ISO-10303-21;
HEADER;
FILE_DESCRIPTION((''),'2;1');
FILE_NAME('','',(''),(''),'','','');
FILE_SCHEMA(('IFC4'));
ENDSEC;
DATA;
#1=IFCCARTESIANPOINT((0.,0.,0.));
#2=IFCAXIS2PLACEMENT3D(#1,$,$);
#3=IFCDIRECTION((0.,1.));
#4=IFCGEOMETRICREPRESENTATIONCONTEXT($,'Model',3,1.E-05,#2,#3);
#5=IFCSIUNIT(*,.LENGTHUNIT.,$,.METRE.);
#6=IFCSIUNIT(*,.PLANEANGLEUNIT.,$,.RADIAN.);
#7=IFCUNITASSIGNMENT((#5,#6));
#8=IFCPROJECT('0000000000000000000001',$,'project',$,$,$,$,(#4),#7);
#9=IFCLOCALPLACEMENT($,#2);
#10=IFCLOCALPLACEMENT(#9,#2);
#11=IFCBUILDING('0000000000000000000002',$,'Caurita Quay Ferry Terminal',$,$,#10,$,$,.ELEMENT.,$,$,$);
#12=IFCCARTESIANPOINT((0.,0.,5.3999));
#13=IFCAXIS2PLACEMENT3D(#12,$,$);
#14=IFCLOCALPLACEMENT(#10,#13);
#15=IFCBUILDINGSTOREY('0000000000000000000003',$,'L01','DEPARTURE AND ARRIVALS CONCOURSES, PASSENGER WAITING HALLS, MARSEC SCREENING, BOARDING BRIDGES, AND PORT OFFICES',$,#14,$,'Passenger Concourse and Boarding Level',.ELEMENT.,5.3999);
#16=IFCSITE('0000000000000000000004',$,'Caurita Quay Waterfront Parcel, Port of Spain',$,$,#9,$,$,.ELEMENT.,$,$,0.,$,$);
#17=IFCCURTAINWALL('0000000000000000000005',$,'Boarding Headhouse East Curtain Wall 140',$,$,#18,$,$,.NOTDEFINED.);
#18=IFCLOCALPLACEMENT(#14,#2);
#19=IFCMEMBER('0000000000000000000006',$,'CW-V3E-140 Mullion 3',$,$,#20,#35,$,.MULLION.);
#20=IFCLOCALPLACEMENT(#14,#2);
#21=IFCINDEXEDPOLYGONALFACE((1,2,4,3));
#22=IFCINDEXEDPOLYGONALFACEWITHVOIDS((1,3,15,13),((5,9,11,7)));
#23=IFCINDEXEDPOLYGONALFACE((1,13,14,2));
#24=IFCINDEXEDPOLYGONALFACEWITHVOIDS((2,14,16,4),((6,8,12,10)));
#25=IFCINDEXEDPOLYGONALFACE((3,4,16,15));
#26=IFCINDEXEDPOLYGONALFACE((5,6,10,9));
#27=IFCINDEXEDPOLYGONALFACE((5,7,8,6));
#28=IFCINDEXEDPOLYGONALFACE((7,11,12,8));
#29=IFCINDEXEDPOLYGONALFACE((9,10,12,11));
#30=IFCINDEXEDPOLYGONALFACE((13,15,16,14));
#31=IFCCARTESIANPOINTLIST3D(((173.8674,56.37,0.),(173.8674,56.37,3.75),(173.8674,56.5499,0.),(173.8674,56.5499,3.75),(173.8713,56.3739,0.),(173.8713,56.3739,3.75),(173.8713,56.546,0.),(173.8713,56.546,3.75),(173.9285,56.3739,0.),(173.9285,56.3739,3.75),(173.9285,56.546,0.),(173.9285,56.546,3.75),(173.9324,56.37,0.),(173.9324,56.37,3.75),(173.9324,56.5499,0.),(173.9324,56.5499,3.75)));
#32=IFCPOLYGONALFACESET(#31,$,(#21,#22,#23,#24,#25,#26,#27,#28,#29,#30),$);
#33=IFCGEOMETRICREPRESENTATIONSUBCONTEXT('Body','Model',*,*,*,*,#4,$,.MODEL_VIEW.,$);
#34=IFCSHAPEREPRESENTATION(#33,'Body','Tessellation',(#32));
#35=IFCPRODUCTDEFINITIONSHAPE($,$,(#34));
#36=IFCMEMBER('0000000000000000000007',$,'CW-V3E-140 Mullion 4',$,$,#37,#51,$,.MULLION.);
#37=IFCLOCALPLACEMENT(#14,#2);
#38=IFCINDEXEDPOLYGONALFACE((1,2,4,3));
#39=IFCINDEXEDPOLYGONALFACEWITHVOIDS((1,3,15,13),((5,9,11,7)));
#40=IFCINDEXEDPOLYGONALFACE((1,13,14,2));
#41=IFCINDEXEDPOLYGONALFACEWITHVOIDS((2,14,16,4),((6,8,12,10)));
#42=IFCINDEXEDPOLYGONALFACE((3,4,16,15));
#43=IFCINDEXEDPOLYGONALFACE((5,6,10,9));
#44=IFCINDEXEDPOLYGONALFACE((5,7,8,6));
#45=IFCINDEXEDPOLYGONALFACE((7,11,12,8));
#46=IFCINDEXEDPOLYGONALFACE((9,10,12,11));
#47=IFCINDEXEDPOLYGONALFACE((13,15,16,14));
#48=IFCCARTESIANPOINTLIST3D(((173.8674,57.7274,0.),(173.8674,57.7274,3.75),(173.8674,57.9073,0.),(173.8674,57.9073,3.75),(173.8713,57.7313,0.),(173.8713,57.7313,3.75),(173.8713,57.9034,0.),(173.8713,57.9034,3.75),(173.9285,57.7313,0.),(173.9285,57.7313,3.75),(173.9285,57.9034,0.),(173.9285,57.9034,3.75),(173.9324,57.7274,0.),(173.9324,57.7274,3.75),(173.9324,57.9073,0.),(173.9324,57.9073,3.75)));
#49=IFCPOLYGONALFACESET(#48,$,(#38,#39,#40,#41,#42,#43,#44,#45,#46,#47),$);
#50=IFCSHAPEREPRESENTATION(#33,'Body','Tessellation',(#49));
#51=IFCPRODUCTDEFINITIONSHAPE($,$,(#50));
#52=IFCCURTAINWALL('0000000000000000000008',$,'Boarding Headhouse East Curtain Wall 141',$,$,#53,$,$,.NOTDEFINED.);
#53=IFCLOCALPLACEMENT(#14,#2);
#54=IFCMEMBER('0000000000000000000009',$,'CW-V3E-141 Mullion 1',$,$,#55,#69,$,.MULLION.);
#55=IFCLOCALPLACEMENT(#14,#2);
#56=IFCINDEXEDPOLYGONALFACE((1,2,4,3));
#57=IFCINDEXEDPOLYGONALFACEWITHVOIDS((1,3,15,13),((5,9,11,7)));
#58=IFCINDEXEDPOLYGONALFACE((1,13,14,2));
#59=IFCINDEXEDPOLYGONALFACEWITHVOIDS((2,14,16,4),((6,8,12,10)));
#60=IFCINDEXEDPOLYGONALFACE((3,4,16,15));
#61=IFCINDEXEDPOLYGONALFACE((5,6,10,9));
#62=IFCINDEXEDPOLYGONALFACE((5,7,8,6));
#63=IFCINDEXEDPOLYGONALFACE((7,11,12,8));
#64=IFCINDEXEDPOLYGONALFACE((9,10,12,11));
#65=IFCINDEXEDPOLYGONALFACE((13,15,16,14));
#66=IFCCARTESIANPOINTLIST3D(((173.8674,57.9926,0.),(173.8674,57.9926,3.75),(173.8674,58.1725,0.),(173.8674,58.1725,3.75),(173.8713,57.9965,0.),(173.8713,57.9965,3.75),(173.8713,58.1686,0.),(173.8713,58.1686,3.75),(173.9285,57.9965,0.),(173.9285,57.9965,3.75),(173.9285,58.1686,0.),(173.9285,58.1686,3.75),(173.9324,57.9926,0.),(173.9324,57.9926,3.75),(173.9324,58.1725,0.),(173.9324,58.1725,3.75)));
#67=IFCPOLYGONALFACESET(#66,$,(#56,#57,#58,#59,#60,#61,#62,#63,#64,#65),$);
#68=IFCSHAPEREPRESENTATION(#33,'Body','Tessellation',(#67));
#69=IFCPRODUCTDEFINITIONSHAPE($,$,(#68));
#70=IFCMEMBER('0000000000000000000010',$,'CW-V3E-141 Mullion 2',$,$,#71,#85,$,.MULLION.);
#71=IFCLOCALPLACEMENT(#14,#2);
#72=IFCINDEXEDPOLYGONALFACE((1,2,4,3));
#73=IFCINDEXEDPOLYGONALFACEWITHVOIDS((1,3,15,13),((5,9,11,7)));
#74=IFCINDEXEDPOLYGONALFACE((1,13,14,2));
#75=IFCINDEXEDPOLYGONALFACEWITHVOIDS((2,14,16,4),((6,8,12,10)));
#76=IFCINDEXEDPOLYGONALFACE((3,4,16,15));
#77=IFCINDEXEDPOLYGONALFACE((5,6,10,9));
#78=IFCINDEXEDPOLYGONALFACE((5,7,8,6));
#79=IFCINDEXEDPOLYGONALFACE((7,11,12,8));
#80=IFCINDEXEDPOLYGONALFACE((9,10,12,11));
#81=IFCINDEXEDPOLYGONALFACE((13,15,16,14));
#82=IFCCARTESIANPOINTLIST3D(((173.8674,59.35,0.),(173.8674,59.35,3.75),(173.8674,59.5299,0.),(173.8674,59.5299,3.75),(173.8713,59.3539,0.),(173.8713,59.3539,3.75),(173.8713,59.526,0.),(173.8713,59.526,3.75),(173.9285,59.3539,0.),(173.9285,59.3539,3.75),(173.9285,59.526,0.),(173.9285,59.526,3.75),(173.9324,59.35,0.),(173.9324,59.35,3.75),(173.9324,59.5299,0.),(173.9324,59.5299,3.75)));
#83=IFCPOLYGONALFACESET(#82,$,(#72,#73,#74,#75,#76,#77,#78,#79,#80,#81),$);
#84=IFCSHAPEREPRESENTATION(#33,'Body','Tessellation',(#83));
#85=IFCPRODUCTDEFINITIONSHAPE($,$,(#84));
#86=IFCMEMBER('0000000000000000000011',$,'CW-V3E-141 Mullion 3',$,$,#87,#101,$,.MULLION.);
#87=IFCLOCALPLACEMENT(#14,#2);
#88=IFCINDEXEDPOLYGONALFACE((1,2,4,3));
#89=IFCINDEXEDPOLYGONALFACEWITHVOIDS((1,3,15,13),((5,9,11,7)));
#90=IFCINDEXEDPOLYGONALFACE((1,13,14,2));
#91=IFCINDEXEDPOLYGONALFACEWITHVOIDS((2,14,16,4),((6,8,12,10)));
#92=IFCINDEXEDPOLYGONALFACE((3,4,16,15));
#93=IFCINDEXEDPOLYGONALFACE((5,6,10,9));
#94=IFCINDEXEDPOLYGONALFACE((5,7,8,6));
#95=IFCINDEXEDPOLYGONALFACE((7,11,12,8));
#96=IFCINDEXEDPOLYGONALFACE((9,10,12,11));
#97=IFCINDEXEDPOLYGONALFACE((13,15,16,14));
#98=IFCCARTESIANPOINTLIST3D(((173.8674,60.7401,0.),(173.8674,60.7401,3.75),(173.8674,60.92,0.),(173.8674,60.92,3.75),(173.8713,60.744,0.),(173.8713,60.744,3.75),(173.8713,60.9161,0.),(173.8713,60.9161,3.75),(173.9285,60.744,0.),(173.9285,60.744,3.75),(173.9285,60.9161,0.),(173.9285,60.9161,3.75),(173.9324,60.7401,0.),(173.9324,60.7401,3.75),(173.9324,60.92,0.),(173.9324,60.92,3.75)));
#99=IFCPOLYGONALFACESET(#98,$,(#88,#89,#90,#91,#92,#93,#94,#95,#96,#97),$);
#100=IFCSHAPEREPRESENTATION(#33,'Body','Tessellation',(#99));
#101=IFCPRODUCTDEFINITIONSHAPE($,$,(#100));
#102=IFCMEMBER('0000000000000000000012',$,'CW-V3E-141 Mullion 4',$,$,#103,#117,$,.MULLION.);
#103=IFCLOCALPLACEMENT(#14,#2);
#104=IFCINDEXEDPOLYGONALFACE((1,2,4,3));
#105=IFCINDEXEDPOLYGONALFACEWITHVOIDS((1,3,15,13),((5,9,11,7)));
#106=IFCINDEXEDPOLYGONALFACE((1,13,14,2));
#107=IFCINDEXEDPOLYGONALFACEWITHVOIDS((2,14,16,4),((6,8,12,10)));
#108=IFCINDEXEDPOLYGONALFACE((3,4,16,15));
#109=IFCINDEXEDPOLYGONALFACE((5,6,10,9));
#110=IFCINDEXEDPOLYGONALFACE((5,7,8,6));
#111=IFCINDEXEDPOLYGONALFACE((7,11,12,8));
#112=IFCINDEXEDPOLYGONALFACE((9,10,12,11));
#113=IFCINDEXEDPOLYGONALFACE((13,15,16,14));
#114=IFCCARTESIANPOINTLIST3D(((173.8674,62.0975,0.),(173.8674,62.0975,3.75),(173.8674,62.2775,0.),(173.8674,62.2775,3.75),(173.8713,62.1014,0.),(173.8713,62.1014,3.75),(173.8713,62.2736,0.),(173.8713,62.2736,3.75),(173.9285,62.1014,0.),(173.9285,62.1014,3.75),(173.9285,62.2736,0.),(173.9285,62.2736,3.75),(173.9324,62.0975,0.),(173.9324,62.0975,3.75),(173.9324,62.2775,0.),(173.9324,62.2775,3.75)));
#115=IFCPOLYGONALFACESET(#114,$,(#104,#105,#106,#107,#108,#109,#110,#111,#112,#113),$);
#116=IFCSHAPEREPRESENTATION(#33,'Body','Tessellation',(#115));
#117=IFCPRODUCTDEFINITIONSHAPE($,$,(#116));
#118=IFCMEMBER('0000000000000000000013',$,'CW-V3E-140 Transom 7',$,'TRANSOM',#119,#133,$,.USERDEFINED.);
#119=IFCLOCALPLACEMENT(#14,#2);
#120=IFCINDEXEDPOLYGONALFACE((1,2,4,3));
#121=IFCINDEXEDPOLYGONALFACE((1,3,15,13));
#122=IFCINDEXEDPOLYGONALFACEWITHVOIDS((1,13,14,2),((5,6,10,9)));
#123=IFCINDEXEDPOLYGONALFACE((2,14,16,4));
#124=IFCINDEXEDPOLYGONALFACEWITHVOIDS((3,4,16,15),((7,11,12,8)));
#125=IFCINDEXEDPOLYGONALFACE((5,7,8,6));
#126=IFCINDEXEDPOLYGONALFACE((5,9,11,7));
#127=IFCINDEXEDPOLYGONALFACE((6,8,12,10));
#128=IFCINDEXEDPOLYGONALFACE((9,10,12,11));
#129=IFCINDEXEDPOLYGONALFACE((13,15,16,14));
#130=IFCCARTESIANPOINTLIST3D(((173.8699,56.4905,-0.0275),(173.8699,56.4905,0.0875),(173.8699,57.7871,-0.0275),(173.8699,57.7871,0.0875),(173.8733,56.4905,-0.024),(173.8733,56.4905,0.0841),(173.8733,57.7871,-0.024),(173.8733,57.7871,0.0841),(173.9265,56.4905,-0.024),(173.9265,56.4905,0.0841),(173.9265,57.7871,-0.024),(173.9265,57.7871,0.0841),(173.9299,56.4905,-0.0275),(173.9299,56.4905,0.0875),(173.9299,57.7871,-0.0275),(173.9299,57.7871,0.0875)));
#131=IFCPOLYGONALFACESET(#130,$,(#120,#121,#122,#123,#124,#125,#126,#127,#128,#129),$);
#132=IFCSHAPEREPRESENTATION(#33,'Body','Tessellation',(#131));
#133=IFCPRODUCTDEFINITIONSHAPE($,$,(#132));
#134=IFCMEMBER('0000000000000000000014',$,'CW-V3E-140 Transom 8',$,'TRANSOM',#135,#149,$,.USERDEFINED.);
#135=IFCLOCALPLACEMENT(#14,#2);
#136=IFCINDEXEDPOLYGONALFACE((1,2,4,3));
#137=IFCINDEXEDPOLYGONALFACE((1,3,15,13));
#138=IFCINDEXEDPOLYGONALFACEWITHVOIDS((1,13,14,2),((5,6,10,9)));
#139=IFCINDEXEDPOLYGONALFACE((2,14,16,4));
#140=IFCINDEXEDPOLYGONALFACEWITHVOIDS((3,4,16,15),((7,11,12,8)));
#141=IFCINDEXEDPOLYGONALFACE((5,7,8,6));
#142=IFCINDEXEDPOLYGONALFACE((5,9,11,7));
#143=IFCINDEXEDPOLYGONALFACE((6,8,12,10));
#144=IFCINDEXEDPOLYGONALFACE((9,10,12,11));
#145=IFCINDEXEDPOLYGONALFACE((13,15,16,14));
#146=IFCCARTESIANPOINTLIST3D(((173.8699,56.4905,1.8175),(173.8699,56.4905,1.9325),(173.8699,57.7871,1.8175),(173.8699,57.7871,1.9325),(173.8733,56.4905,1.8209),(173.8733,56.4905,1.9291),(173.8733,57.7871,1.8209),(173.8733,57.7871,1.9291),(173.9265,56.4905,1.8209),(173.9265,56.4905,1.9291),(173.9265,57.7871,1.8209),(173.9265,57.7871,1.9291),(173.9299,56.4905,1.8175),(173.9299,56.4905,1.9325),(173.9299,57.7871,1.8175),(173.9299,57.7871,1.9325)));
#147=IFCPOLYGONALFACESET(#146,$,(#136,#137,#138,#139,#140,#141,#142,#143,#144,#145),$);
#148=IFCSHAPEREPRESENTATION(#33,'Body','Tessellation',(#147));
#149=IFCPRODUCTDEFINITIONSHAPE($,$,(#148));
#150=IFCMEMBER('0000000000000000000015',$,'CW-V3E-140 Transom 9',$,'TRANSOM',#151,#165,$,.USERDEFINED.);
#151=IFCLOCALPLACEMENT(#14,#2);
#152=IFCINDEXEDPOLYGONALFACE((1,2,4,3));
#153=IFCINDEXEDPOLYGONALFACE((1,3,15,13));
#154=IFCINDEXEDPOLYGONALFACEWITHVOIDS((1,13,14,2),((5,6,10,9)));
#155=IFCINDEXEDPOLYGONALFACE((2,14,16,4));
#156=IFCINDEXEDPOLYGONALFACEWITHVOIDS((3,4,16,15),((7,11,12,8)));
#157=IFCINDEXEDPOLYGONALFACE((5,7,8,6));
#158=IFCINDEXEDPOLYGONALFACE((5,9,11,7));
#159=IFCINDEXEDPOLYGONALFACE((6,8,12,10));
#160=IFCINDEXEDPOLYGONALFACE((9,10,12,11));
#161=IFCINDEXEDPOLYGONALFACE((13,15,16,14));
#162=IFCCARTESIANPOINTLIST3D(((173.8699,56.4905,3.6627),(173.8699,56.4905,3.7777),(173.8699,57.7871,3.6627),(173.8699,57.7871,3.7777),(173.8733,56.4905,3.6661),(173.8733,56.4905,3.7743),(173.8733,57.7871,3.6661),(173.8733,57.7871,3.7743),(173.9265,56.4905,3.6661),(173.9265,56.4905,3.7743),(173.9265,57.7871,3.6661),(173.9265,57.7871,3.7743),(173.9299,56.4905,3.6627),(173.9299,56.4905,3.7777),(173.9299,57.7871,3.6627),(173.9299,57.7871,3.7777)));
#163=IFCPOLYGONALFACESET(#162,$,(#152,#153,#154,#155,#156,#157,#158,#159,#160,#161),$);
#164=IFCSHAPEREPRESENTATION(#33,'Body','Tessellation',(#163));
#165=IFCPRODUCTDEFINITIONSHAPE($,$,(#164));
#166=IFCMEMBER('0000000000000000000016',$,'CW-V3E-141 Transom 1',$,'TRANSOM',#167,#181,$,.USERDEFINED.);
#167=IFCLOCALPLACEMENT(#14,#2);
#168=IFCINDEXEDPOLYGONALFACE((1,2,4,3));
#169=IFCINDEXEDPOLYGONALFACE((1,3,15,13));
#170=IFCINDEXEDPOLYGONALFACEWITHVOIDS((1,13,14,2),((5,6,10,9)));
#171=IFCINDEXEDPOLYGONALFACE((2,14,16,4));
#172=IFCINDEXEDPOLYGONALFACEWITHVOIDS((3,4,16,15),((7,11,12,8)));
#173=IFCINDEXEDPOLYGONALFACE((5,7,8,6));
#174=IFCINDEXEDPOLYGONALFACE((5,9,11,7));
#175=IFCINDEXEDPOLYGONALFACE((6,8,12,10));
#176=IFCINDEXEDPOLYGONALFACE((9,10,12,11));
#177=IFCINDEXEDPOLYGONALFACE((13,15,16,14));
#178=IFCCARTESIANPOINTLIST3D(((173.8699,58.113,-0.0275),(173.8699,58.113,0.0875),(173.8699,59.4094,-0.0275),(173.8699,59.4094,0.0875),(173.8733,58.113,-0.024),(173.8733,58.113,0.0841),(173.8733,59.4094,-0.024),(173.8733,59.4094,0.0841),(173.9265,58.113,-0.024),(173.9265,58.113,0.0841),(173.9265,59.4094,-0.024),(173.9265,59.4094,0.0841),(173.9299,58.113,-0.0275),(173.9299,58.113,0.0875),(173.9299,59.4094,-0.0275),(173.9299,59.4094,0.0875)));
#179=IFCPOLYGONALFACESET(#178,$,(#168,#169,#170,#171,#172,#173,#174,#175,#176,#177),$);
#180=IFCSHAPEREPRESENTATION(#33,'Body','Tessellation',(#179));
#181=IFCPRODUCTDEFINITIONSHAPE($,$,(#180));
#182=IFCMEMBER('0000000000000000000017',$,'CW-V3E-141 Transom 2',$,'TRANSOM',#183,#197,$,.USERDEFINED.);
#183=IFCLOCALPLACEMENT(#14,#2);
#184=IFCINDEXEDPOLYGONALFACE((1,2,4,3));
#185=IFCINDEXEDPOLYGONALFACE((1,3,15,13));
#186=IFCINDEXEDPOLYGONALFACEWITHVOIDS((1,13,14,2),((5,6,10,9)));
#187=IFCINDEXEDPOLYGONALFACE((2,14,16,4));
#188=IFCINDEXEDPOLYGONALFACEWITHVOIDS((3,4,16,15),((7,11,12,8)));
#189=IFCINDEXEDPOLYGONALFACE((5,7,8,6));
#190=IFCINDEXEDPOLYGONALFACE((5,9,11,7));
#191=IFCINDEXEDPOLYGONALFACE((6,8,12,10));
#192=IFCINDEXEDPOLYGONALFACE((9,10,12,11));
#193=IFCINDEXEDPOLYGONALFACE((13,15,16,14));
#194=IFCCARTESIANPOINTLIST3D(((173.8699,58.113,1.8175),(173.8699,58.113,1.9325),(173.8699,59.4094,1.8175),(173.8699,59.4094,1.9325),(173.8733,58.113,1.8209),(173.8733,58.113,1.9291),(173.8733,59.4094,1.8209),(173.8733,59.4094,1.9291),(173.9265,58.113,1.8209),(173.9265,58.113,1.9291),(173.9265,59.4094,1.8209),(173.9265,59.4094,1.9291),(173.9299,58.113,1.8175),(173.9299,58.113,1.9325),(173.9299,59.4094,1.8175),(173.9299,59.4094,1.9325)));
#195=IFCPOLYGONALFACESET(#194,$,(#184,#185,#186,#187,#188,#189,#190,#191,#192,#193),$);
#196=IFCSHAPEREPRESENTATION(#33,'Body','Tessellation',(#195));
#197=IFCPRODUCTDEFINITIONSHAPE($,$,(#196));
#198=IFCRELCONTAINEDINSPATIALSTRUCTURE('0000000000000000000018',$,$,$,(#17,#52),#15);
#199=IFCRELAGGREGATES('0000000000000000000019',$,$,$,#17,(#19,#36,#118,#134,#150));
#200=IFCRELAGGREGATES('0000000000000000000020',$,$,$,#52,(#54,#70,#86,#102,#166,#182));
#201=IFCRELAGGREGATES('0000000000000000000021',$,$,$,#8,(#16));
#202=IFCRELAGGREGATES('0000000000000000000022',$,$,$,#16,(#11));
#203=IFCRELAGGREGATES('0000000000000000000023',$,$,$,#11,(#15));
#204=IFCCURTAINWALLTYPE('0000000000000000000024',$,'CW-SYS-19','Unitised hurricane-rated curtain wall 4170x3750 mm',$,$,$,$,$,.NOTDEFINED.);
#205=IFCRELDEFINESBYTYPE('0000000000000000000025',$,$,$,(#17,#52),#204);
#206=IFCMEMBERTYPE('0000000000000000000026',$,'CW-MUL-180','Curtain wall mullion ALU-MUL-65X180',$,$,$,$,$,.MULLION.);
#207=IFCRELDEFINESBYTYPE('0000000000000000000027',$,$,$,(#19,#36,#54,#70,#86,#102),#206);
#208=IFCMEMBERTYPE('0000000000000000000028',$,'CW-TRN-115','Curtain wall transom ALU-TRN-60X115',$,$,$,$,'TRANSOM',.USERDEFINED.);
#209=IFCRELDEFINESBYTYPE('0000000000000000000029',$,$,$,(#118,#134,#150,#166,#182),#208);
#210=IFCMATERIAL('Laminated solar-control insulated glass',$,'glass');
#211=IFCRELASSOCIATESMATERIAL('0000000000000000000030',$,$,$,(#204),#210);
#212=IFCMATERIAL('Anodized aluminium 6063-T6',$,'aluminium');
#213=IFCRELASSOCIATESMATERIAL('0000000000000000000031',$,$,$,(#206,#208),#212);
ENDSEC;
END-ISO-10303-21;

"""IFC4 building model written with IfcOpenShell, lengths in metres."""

from ifc_helpers import new_model, si_unit, direction, frame, origin, origin_2d, place, context, subcontext, project, spatial, hollow_rectangle, extrude, material, material_profile, profile_set, type_object, element, aggregate, save


model = new_model("IFC4")

# Units and contexts
model_context = context("Model", 3, precision=1e-05, world=origin(), true_north=direction((0.0, 1.0)))
body_context = subcontext(model_context, "Body", "Model", "MODEL_VIEW")
ifc_project = project(units=[si_unit("LENGTHUNIT", "METRE"), si_unit("PLANEANGLEUNIT", "RADIAN")], contexts=[model_context])

# Site, building, storey
site_placement = place(None, origin())
site = spatial("IfcSite", under=ifc_project, at=site_placement, Name="Caurita Quay Waterfront Parcel, Port of Spain", CompositionType="ELEMENT", RefElevation=0.0)
building_placement = place(site_placement, origin())
building = spatial("IfcBuilding", under=site, at=building_placement, Name="Caurita Quay Ferry Terminal", CompositionType="ELEMENT")
storey_placement = place(building_placement, frame((0.0, 0.0, 5.3999)))
storey = spatial("IfcBuildingStorey", under=building, at=storey_placement, Name="L01", Description="DEPARTURE AND ARRIVALS CONCOURSES, PASSENGER WAITING HALLS, MARSEC SCREENING, BOARDING BRIDGES, AND PORT OFFICES", LongName="Passenger Concourse and Boarding Level", CompositionType="ELEMENT", Elevation=5.3999)

# Curtain walls, members
ifc_material_1 = material(Name="Laminated solar-control insulated glass", Category="glass")
curtain_wall_type = type_object("IfcCurtainWallType", Name="CW-SYS-19", Description="Unitised hurricane-rated curtain wall 4170x3750 mm", PredefinedType="NOTDEFINED", material=ifc_material_1)
curtain_wall_1_placement = place(storey_placement, origin())
curtain_wall_1 = element("IfcCurtainWall", 1, at=curtain_wall_1_placement, inside=storey, type_object=curtain_wall_type, Name="Boarding Headhouse East Curtain Wall 140", PredefinedType="NOTDEFINED")
ifc_material_2 = material(Name="Anodized aluminium 6063-T6", Category="aluminium")
ifc_material_profile_1 = material_profile(ifc_material_2, hollow_rectangle(XDim=0.0649, YDim=0.1799, WallThickness=0.0039, at=origin_2d()), Name="ALU-MUL-65X180")
ifc_profile_set_1 = profile_set([ifc_material_profile_1], Name="Anodized aluminium 6063-T6")
member_type_1 = type_object("IfcMemberType", Name="CW-MUL-180", Description="Curtain wall mullion ALU-MUL-65X180", PredefinedType="MULLION", material=ifc_profile_set_1)
member_1_placement = place(storey_placement, frame((173.8999, 56.46, 0.0), z_axis=(0.0, 0.0, 1.0), x_axis=(-1.0, 0.0, 0.0)))
member_1 = element("IfcMember", 2, at=member_1_placement, type_object=member_type_1, Name="CW-V3E-140 Mullion 3", PredefinedType="MULLION", context=body_context, shape_type="SweptSolid", body=[
    extrude(hollow_rectangle(XDim=0.0649, YDim=0.1799, WallThickness=0.0039, at=origin_2d()), origin(), (0.0, 0.0, 1.0), 3.75),
])
member_2_placement = place(storey_placement, frame((173.8999, 57.8174, 0.0), z_axis=(0.0, 0.0, 1.0), x_axis=(-1.0, 0.0, 0.0)))
member_2 = element("IfcMember", 3, at=member_2_placement, type_object=member_type_1, Name="CW-V3E-140 Mullion 4", PredefinedType="MULLION", context=body_context, shape_type="SweptSolid", body=[
    extrude(hollow_rectangle(XDim=0.0649, YDim=0.1799, WallThickness=0.0039, at=origin_2d()), origin(), (0.0, 0.0, 1.0), 3.75),
])
curtain_wall_2_placement = place(storey_placement, origin())
curtain_wall_2 = element("IfcCurtainWall", 4, at=curtain_wall_2_placement, inside=storey, type_object=curtain_wall_type, Name="Boarding Headhouse East Curtain Wall 141", PredefinedType="NOTDEFINED")
member_3_placement = place(storey_placement, frame((173.8999, 58.0825, 0.0), z_axis=(0.0, 0.0, 1.0), x_axis=(-1.0, 0.0, 0.0)))
member_3 = element("IfcMember", 5, at=member_3_placement, type_object=member_type_1, Name="CW-V3E-141 Mullion 1", PredefinedType="MULLION", context=body_context, shape_type="SweptSolid", body=[
    extrude(hollow_rectangle(XDim=0.0649, YDim=0.1799, WallThickness=0.0039, at=origin_2d()), origin(), (0.0, 0.0, 1.0), 3.75),
])
member_4_placement = place(storey_placement, frame((173.8999, 59.4399, 0.0), z_axis=(0.0, 0.0, 1.0), x_axis=(-1.0, 0.0, 0.0)))
member_4 = element("IfcMember", 6, at=member_4_placement, type_object=member_type_1, Name="CW-V3E-141 Mullion 2", PredefinedType="MULLION", context=body_context, shape_type="SweptSolid", body=[
    extrude(hollow_rectangle(XDim=0.0649, YDim=0.1799, WallThickness=0.0039, at=origin_2d()), origin(), (0.0, 0.0, 1.0), 3.75),
])
member_5_placement = place(storey_placement, frame((173.8999, 60.8301, 0.0), z_axis=(0.0, 0.0, 1.0), x_axis=(-1.0, 0.0, 0.0)))
member_5 = element("IfcMember", 7, at=member_5_placement, type_object=member_type_1, Name="CW-V3E-141 Mullion 3", PredefinedType="MULLION", context=body_context, shape_type="SweptSolid", body=[
    extrude(hollow_rectangle(XDim=0.0649, YDim=0.1799, WallThickness=0.0039, at=origin_2d()), origin(), (0.0, 0.0, 1.0), 3.75),
])
member_6_placement = place(storey_placement, frame((173.8999, 62.1875, 0.0), z_axis=(0.0, 0.0, 1.0), x_axis=(-1.0, 0.0, 0.0)))
member_6 = element("IfcMember", 8, at=member_6_placement, type_object=member_type_1, Name="CW-V3E-141 Mullion 4", PredefinedType="MULLION", context=body_context, shape_type="SweptSolid", body=[
    extrude(hollow_rectangle(XDim=0.0649, YDim=0.1799, WallThickness=0.0039, at=origin_2d()), origin(), (0.0, 0.0, 1.0), 3.75),
])

# Members
ifc_material_profile_2 = material_profile(ifc_material_2, hollow_rectangle(XDim=0.0601, YDim=0.115, WallThickness=0.0034, at=origin_2d()), Name="ALU-TRN-60X115")
ifc_profile_set_2 = profile_set([ifc_material_profile_2], Name="Anodized aluminium 6063-T6")
member_type_2 = type_object("IfcMemberType", Name="CW-TRN-115", Description="Curtain wall transom ALU-TRN-60X115", ElementType="TRANSOM", PredefinedType="USERDEFINED", material=ifc_profile_set_2)
member_7_placement = place(storey_placement, frame((173.8999, 56.4905, 0.03), z_axis=(0.0, 1.0, 0.0), x_axis=(-1.0, 0.0, 0.0)))
member_7 = element("IfcMember", 9, at=member_7_placement, type_object=member_type_2, Name="CW-V3E-140 Transom 7", ObjectType="TRANSOM", PredefinedType="USERDEFINED", context=body_context, shape_type="SweptSolid", body=[
    extrude(hollow_rectangle(XDim=0.0601, YDim=0.115, WallThickness=0.0034, at=origin_2d()), origin(), (0.0, 0.0, 1.0), 1.2966),
])
member_8_placement = place(storey_placement, frame((173.8999, 56.4905, 1.875), z_axis=(0.0, 1.0, 0.0), x_axis=(-1.0, 0.0, 0.0)))
member_8 = element("IfcMember", 10, at=member_8_placement, type_object=member_type_2, Name="CW-V3E-140 Transom 8", ObjectType="TRANSOM", PredefinedType="USERDEFINED", context=body_context, shape_type="SweptSolid", body=[
    extrude(hollow_rectangle(XDim=0.0601, YDim=0.115, WallThickness=0.0034, at=origin_2d()), origin(), (0.0, 0.0, 1.0), 1.2966),
])
member_9_placement = place(storey_placement, frame((173.8999, 56.4905, 3.7202), z_axis=(0.0, 1.0, 0.0), x_axis=(-1.0, 0.0, 0.0)))
member_9 = element("IfcMember", 11, at=member_9_placement, type_object=member_type_2, Name="CW-V3E-140 Transom 9", ObjectType="TRANSOM", PredefinedType="USERDEFINED", context=body_context, shape_type="SweptSolid", body=[
    extrude(hollow_rectangle(XDim=0.0601, YDim=0.115, WallThickness=0.0034, at=origin_2d()), origin(), (0.0, 0.0, 1.0), 1.2966),
])
member_10_placement = place(storey_placement, frame((173.8999, 58.113, 0.03), z_axis=(0.0, 1.0, 0.0), x_axis=(-1.0, 0.0, 0.0)))
member_10 = element("IfcMember", 12, at=member_10_placement, type_object=member_type_2, Name="CW-V3E-141 Transom 1", ObjectType="TRANSOM", PredefinedType="USERDEFINED", context=body_context, shape_type="SweptSolid", body=[
    extrude(hollow_rectangle(XDim=0.0601, YDim=0.115, WallThickness=0.0034, at=origin_2d()), origin(), (0.0, 0.0, 1.0), 1.2964),
])
member_11_placement = place(storey_placement, frame((173.8999, 58.113, 1.875), z_axis=(0.0, 1.0, 0.0), x_axis=(-1.0, 0.0, 0.0)))
member_11 = element("IfcMember", 13, at=member_11_placement, type_object=member_type_2, Name="CW-V3E-141 Transom 2", ObjectType="TRANSOM", PredefinedType="USERDEFINED", context=body_context, shape_type="SweptSolid", body=[
    extrude(hollow_rectangle(XDim=0.0601, YDim=0.115, WallThickness=0.0034, at=origin_2d()), origin(), (0.0, 0.0, 1.0), 1.2964),
])

aggregate(curtain_wall_1, [member_1, member_2, member_7, member_8, member_9])
aggregate(curtain_wall_2, [member_3, member_4, member_5, member_6, member_10, member_11])

save(model, "model.ifc")
